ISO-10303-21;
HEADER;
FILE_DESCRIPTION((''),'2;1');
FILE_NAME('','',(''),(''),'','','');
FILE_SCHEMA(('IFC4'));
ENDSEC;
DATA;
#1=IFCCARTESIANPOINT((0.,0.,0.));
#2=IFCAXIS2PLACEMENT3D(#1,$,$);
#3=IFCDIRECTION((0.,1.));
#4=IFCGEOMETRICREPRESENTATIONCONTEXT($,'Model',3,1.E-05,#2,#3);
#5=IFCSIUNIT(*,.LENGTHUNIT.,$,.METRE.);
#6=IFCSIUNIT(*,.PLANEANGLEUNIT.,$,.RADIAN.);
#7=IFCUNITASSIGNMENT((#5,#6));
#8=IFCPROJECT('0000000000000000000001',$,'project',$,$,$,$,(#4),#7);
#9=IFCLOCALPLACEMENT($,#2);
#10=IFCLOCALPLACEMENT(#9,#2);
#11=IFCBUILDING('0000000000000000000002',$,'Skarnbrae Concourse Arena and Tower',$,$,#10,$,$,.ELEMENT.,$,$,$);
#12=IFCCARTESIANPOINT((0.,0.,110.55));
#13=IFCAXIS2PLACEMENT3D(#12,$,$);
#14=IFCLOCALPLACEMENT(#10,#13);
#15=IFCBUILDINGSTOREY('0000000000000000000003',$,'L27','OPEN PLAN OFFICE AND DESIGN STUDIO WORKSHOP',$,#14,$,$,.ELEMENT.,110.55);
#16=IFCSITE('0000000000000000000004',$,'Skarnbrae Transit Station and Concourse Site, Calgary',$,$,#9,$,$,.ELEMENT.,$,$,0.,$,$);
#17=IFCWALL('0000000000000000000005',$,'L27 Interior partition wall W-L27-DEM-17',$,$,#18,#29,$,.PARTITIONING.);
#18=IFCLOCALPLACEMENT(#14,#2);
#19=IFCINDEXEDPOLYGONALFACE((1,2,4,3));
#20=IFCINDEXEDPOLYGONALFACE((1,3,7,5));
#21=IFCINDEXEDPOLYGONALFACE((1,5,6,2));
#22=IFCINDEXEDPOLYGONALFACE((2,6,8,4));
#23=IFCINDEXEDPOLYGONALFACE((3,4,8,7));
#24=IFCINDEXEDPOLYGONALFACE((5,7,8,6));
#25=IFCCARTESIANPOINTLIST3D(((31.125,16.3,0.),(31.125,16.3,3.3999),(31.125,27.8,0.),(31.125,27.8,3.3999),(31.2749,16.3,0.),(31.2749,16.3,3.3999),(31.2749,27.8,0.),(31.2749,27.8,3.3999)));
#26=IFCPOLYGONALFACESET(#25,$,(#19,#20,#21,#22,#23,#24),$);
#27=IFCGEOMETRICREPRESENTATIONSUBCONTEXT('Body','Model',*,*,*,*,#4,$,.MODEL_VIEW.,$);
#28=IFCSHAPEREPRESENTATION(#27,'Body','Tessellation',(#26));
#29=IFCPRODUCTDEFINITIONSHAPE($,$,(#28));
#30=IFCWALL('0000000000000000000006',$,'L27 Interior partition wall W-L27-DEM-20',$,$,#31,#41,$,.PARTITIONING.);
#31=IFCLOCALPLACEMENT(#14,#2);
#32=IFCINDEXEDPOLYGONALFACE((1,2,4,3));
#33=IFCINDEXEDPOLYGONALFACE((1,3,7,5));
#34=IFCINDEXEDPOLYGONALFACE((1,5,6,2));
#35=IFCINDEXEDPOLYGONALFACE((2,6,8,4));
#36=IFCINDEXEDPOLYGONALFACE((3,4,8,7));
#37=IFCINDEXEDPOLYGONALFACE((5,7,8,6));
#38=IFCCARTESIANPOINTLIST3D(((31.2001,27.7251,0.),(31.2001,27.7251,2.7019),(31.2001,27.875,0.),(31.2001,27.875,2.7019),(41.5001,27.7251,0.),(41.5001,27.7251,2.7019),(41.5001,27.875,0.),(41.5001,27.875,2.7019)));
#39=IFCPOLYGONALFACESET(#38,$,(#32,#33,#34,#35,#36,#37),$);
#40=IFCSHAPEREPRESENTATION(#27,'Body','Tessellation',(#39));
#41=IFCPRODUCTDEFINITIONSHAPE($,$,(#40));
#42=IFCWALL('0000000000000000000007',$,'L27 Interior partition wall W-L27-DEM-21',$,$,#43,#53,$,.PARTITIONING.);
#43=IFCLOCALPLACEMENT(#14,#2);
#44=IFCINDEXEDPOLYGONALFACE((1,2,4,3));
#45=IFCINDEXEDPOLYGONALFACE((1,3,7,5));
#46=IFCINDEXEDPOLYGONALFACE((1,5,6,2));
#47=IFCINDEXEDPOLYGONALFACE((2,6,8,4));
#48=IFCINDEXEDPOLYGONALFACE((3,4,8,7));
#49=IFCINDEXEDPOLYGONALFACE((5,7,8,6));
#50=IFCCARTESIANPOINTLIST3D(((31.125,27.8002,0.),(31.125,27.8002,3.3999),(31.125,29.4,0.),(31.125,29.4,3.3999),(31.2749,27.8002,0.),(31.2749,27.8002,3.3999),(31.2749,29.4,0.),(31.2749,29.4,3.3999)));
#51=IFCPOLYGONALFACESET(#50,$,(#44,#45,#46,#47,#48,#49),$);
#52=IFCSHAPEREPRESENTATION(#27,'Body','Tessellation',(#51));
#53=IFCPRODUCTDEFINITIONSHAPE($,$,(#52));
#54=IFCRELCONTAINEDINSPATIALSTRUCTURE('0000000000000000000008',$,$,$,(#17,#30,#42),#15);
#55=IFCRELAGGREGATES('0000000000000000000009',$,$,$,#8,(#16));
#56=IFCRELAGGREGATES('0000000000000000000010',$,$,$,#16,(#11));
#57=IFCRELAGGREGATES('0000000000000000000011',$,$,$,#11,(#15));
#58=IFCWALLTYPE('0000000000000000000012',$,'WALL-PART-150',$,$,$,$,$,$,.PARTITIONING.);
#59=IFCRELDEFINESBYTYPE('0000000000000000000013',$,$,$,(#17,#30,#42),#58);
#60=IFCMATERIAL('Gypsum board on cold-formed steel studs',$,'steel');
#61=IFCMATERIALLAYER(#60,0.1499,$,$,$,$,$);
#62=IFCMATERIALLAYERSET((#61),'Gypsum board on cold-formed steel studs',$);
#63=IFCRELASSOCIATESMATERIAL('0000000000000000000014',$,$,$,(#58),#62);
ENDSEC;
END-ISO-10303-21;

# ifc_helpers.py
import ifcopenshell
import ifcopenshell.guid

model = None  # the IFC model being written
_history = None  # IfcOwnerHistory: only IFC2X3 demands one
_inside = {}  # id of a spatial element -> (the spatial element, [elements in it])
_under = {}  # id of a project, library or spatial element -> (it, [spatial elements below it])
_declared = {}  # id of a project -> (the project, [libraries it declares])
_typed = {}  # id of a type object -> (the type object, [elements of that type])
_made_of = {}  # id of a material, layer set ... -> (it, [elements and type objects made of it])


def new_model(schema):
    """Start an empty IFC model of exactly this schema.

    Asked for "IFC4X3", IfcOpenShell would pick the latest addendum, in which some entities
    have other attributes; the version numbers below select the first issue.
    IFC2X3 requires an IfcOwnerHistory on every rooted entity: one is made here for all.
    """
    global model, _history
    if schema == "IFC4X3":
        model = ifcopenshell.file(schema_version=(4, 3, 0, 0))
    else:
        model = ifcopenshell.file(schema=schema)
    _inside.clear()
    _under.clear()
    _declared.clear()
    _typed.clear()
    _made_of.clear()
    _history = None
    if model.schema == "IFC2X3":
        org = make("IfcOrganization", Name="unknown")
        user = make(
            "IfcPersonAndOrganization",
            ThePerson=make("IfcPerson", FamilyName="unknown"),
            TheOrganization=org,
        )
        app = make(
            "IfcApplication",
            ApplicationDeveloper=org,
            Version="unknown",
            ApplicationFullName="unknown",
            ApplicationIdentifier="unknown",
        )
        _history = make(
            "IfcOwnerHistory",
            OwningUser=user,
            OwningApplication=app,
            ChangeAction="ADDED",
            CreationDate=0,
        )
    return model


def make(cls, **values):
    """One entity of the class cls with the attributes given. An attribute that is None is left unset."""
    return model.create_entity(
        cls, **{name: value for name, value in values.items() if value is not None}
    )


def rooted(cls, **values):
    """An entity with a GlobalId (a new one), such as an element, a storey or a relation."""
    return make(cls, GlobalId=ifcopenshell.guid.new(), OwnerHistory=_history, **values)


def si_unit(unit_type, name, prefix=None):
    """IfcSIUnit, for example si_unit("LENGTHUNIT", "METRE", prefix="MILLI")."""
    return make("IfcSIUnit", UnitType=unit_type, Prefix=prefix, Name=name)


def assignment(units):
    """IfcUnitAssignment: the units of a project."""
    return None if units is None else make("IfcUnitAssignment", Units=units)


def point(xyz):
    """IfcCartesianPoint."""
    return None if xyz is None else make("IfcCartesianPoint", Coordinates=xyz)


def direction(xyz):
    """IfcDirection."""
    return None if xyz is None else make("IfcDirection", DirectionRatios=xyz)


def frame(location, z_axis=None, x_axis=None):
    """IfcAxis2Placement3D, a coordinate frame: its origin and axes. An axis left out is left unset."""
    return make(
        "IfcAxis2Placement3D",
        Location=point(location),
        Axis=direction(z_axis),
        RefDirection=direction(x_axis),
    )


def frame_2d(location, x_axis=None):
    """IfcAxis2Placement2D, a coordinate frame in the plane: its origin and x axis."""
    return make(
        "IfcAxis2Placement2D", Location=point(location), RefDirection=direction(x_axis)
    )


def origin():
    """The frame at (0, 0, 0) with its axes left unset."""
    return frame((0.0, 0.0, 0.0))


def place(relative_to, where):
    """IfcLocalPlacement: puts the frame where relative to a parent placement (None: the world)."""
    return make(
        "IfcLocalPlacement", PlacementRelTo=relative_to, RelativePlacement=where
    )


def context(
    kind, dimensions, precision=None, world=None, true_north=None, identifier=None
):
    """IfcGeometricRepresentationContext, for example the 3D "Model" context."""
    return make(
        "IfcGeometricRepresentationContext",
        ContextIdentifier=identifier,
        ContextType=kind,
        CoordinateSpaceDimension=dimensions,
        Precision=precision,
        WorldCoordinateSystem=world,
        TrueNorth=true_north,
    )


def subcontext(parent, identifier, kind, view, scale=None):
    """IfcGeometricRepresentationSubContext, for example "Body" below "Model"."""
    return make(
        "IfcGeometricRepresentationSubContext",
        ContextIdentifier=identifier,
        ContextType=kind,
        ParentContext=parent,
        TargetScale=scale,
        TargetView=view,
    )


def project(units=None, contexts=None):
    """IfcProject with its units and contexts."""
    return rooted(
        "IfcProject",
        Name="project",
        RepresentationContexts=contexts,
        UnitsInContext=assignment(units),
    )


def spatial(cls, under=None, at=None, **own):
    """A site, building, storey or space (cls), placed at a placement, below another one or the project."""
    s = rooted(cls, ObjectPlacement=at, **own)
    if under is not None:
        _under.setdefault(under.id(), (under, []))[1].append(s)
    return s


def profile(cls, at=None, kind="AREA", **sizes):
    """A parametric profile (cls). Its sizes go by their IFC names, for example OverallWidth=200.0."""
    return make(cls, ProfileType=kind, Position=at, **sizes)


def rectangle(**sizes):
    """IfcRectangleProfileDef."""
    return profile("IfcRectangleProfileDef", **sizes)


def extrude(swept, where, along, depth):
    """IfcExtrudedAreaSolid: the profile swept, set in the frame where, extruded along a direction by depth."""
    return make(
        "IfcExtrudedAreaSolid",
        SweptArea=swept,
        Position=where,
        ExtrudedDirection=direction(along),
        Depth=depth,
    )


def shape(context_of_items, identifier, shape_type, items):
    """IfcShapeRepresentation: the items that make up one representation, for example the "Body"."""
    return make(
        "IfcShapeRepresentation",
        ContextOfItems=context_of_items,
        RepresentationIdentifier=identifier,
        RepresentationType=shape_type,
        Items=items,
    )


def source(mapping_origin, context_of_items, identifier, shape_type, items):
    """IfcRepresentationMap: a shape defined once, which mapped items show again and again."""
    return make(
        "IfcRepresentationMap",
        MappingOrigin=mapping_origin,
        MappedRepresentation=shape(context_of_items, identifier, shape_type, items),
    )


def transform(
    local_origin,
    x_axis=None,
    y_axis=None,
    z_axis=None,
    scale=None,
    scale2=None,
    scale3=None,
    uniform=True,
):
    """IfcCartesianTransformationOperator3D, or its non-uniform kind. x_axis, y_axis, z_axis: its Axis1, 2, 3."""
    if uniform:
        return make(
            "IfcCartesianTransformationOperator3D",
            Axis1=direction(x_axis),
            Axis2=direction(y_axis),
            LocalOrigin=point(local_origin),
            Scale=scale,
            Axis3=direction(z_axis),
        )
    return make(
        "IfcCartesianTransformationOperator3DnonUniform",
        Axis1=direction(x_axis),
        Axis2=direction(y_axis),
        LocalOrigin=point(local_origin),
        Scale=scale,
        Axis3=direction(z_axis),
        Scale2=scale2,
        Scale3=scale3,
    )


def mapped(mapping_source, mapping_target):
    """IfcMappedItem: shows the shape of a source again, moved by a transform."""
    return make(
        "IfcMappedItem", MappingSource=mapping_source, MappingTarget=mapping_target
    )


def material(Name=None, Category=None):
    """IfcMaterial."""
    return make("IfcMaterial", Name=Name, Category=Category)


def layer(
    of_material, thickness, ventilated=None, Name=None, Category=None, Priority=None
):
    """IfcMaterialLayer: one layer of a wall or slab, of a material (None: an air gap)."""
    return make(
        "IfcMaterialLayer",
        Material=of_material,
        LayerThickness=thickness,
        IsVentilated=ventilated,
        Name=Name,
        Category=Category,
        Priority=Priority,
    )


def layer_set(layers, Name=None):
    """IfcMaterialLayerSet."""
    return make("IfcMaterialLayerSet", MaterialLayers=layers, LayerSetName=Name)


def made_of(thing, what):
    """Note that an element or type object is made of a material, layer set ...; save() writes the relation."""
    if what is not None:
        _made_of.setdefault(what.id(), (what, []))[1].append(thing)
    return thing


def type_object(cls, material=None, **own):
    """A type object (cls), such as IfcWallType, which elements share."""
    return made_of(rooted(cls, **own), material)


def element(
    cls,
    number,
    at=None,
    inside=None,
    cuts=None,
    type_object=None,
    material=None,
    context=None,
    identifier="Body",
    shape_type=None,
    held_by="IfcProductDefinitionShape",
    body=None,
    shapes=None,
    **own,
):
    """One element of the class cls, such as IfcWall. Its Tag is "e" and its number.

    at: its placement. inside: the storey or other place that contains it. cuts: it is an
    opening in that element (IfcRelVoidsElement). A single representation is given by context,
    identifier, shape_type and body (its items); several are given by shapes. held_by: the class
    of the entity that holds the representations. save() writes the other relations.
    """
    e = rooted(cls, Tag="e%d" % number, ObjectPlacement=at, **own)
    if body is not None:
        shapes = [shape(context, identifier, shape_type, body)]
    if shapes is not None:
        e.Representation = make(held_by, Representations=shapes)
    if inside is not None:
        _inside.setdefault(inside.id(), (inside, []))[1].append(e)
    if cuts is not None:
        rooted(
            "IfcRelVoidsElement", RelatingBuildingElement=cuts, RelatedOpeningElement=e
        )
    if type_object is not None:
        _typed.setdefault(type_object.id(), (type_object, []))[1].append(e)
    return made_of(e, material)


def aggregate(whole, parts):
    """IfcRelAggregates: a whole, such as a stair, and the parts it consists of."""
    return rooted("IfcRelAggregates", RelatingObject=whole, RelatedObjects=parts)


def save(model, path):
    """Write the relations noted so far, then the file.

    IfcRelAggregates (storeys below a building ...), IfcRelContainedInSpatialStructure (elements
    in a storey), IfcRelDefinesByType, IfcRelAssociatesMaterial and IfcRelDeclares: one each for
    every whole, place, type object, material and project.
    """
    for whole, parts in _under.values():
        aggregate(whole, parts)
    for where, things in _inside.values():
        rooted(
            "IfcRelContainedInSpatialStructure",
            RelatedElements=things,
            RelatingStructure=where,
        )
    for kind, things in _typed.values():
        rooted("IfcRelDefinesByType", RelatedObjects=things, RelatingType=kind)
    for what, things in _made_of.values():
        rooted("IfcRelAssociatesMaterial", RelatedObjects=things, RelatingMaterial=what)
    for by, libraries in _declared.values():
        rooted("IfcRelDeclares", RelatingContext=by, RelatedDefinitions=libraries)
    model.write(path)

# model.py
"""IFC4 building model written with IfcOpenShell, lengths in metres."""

from ifc_helpers import new_model, si_unit, direction, frame, frame_2d, origin, place, context, subcontext, project, spatial, rectangle, extrude, source, transform, mapped, material, layer, layer_set, type_object, element, save


model = new_model("IFC4")

# Units and contexts
model_context = context("Model", 3, precision=1e-05, world=origin(), true_north=direction((0.0, 1.0)))
body_context = subcontext(model_context, "Body", "Model", "MODEL_VIEW")
ifc_project = project(units=[si_unit("LENGTHUNIT", "METRE"), si_unit("PLANEANGLEUNIT", "RADIAN")], contexts=[model_context])

# Site, building, storey
site_placement = place(None, origin())
site = spatial("IfcSite", under=ifc_project, at=site_placement, Name="Skarnbrae Transit Station and Concourse Site, Calgary", CompositionType="ELEMENT", RefElevation=0.0)
building_placement = place(site_placement, origin())
building = spatial("IfcBuilding", under=site, at=building_placement, Name="Skarnbrae Concourse Arena and Tower", CompositionType="ELEMENT")
storey_placement = place(building_placement, frame((0.0, 0.0, 110.55)))
storey = spatial("IfcBuildingStorey", under=building, at=storey_placement, Name="L27", Description="OPEN PLAN OFFICE AND DESIGN STUDIO WORKSHOP", CompositionType="ELEMENT", Elevation=110.55)

# Walls
ifc_material_1 = material(Name="Gypsum board on cold-formed steel studs", Category="steel")
ifc_layer_1 = layer(ifc_material_1, 0.1499)
ifc_layer_set_1 = layer_set([ifc_layer_1], Name="Gypsum board on cold-formed steel studs")
wall_type_1 = type_object("IfcWallType", Name="WALL-PART-150", PredefinedType="PARTITIONING", material=ifc_layer_set_1)
shared_shape_1 = source(origin(), body_context, "Body", "SweptSolid", [
    extrude(rectangle(XDim=11.5, YDim=0.1499, at=frame_2d((5.75, 0.0))), origin(), (0.0, 0.0, 1.0), 3.3999),
])
wall_1_placement = place(storey_placement, frame((31.2, 27.8, 0.0), z_axis=(0.0, 0.0, 1.0), x_axis=(0.0, -1.0, 0.0)))
element("IfcWall", 1, at=wall_1_placement, inside=storey, type_object=wall_type_1, Name="L27 Interior partition wall W-L27-DEM-17", PredefinedType="PARTITIONING", context=body_context, shape_type="MappedRepresentation", body=[
    mapped(shared_shape_1, transform((0.0, 0.0, 0.0))),
])
shared_shape_2 = source(origin(), body_context, "Body", "SweptSolid", [
    extrude(rectangle(XDim=10.3, YDim=0.1499, at=frame_2d((5.1499, 0.0))), origin(), (0.0, 0.0, 1.0), 2.7019),
])
wall_2_placement = place(storey_placement, frame((41.5, 27.8, 0.0), z_axis=(0.0, 0.0, 1.0), x_axis=(-1.0, 0.0, 0.0)))
element("IfcWall", 2, at=wall_2_placement, inside=storey, type_object=wall_type_1, Name="L27 Interior partition wall W-L27-DEM-20", PredefinedType="PARTITIONING", context=body_context, shape_type="MappedRepresentation", body=[
    mapped(shared_shape_2, transform((0.0, 0.0, 0.0))),
])
shared_shape_3 = source(origin(), body_context, "Body", "SweptSolid", [
    extrude(rectangle(XDim=1.5999, YDim=0.1499, at=frame_2d((0.7998, 0.0))), origin(), (0.0, 0.0, 1.0), 3.3999),
])
wall_3_placement = place(storey_placement, frame((31.2, 29.3999, 0.0), z_axis=(0.0, 0.0, 1.0), x_axis=(0.0, -1.0, 0.0)))
element("IfcWall", 3, at=wall_3_placement, inside=storey, type_object=wall_type_1, Name="L27 Interior partition wall W-L27-DEM-21", PredefinedType="PARTITIONING", context=body_context, shape_type="MappedRepresentation", body=[
    mapped(shared_shape_3, transform((0.0, 0.0, 0.0))),
])

save(model, "model.ifc")
